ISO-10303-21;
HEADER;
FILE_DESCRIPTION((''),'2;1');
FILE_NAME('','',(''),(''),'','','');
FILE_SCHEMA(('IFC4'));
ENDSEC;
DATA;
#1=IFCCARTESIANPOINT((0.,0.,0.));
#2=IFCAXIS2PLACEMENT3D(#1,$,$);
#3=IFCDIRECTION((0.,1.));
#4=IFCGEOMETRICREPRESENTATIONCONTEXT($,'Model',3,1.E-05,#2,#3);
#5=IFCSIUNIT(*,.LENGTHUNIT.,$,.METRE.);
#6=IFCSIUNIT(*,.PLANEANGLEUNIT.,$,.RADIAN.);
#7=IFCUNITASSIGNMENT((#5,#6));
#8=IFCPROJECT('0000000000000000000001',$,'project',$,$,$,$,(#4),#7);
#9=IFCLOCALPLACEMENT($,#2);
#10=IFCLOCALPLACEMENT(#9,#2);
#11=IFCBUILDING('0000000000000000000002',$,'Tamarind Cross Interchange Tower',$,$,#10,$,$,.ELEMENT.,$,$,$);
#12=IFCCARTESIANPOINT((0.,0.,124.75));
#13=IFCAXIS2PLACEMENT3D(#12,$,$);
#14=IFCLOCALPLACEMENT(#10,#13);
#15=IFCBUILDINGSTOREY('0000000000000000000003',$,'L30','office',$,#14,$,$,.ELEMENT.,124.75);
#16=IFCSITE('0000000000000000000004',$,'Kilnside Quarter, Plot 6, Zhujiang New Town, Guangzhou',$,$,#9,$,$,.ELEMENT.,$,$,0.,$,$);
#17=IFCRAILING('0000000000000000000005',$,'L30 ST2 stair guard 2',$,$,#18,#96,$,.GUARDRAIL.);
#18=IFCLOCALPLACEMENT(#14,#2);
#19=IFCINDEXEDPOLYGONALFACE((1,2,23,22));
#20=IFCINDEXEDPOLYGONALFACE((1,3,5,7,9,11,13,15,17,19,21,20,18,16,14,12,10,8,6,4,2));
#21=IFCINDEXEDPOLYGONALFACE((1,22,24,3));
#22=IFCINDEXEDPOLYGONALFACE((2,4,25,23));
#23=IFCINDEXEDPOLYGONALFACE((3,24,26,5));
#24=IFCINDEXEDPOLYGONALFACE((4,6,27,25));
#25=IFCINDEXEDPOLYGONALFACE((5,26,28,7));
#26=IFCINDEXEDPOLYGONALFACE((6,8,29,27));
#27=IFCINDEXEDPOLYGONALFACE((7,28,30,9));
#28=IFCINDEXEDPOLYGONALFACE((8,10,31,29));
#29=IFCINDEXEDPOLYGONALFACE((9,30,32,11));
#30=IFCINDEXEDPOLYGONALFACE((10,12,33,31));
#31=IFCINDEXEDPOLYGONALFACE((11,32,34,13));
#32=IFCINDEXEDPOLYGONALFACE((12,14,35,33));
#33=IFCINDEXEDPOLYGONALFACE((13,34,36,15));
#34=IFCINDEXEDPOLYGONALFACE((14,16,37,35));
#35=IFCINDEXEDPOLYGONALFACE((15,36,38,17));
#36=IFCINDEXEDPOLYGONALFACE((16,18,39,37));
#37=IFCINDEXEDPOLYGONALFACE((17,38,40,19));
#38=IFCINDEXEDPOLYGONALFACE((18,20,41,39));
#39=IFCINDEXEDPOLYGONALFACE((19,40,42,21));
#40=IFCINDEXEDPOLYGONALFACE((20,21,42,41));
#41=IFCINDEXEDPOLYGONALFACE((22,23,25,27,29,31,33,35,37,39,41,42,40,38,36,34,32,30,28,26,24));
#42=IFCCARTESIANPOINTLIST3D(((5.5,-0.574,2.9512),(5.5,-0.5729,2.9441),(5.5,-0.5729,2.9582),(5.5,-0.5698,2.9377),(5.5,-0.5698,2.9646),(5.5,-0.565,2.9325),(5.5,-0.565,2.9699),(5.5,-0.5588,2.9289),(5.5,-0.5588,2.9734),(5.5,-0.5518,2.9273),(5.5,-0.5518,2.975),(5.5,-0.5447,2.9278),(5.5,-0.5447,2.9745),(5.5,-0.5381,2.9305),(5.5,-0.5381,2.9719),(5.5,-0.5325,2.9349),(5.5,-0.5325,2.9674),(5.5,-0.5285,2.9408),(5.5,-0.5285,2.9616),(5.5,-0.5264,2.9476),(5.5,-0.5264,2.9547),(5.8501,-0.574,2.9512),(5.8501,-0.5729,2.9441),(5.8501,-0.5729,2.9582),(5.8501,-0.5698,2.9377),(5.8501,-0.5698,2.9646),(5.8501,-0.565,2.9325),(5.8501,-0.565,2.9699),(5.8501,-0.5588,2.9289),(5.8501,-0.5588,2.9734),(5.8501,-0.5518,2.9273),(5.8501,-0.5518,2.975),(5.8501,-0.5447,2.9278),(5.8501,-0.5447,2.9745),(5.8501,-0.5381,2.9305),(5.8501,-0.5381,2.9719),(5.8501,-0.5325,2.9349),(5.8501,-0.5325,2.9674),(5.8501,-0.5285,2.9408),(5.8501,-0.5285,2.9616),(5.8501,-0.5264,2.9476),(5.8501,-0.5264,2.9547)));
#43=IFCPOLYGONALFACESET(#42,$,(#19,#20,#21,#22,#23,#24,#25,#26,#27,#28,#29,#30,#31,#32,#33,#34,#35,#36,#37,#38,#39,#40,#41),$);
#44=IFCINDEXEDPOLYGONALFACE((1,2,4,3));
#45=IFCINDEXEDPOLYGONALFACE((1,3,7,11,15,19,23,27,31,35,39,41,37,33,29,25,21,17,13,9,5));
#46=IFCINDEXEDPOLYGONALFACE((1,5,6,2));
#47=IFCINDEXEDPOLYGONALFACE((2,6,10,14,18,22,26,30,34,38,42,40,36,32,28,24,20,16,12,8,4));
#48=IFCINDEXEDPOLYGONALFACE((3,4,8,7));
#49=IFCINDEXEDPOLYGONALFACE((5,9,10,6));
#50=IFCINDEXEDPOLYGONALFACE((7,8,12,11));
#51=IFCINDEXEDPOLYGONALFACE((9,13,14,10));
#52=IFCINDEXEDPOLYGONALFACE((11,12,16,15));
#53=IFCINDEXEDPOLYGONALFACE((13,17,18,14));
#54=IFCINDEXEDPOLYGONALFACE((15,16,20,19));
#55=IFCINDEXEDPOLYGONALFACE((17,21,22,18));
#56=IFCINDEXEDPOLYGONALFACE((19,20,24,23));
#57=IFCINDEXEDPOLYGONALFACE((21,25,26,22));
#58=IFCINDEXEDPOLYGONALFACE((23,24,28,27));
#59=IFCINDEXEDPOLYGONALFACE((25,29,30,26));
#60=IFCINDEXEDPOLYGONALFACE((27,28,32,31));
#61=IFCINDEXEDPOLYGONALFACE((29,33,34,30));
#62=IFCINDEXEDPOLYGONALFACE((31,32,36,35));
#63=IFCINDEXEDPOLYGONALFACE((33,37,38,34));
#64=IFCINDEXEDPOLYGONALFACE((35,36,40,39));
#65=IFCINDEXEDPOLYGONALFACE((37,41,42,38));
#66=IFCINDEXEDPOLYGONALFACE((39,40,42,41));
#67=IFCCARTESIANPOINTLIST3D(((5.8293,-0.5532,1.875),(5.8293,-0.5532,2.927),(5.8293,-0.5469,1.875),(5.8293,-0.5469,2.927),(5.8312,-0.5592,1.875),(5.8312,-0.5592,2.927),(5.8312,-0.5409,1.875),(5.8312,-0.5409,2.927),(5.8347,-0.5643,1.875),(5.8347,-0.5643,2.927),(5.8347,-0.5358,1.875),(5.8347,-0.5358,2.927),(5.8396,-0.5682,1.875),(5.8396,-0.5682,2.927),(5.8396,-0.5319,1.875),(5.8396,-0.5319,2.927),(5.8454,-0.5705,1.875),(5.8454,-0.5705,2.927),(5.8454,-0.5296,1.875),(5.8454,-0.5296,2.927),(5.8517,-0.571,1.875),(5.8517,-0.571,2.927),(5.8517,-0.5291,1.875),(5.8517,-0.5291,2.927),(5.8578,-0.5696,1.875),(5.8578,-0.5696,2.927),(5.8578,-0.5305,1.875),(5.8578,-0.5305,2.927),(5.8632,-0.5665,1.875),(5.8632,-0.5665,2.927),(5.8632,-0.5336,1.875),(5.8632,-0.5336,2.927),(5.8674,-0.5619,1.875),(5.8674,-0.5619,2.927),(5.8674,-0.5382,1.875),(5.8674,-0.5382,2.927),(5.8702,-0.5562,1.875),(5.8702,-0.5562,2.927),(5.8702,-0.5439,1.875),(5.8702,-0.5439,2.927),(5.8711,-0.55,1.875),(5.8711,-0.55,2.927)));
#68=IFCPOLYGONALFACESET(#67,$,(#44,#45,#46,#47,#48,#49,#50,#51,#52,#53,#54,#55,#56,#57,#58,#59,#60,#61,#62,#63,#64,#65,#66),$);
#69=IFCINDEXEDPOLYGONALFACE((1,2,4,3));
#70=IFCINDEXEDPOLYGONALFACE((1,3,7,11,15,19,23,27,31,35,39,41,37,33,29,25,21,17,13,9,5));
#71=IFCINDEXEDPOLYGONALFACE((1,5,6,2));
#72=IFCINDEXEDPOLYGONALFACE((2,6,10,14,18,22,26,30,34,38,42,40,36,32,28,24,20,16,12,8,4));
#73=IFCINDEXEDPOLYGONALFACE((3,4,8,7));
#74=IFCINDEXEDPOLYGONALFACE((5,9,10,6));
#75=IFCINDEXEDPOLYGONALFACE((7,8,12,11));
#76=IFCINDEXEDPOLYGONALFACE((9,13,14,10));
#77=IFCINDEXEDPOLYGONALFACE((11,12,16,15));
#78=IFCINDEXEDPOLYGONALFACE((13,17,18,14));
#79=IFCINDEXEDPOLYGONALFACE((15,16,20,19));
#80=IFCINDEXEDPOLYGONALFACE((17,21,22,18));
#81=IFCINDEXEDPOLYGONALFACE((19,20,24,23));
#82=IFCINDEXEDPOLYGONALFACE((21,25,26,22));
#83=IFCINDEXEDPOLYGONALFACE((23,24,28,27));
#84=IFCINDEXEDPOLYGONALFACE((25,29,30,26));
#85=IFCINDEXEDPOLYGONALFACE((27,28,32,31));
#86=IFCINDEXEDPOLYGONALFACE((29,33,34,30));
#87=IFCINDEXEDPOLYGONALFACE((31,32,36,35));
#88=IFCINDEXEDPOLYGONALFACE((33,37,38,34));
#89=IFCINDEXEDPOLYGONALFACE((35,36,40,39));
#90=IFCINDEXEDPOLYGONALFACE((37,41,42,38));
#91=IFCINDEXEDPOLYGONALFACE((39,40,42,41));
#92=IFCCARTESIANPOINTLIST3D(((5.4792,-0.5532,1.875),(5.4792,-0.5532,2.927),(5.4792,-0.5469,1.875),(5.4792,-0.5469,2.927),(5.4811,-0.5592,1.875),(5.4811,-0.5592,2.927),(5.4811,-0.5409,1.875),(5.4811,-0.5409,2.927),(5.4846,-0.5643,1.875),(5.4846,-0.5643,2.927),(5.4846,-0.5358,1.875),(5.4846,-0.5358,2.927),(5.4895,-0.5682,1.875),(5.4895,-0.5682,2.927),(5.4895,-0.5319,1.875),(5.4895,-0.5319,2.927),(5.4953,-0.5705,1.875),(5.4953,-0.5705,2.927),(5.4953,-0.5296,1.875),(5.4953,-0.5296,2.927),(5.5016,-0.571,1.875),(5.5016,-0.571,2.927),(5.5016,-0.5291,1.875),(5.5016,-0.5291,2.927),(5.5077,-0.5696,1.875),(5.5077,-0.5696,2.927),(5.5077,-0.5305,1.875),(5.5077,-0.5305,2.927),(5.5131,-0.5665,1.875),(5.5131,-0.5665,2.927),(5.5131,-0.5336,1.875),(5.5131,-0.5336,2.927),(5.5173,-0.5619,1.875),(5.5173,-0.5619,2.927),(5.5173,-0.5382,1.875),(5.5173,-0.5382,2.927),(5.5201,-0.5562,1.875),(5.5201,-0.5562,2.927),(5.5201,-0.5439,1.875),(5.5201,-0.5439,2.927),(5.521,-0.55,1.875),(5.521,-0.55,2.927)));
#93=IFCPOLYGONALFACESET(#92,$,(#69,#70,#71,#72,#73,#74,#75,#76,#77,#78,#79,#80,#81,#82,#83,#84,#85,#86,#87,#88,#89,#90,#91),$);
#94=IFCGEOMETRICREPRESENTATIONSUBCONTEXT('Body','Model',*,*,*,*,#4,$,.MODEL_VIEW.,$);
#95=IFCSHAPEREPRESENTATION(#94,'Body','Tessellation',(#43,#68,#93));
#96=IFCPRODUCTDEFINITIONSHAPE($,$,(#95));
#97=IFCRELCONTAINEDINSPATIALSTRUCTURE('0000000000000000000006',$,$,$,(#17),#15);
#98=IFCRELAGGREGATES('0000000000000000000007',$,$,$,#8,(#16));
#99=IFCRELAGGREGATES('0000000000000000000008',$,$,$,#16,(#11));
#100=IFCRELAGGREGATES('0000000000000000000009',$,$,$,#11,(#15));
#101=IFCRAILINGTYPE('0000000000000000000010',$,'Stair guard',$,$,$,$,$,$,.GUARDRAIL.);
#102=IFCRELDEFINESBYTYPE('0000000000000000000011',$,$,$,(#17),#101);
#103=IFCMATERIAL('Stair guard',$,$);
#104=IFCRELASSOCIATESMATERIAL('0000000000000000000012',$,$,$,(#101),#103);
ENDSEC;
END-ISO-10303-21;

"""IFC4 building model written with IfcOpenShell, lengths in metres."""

from ifc_helpers import new_model, si_unit, direction, frame, origin, origin_2d, place, context, subcontext, project, spatial, circle, extrude, material, type_object, element, save


model = new_model("IFC4")

# Units and contexts
model_context = context("Model", 3, precision=1e-05, world=origin(), true_north=direction((0.0, 1.0)))
body_context = subcontext(model_context, "Body", "Model", "MODEL_VIEW")
ifc_project = project(units=[si_unit("LENGTHUNIT", "METRE"), si_unit("PLANEANGLEUNIT", "RADIAN")], contexts=[model_context])

# Site, building, storey
site_placement = place(None, origin())
site = spatial("IfcSite", under=ifc_project, at=site_placement, Name="Kilnside Quarter, Plot 6, Zhujiang New Town, Guangzhou", CompositionType="ELEMENT", RefElevation=0.0)
building_placement = place(site_placement, origin())
building = spatial("IfcBuilding", under=site, at=building_placement, Name="Tamarind Cross Interchange Tower", CompositionType="ELEMENT")
storey_placement = place(building_placement, frame((0.0, 0.0, 124.75)))
storey = spatial("IfcBuildingStorey", under=building, at=storey_placement, Name="L30", Description="office", CompositionType="ELEMENT", Elevation=124.75)

# Railing
ifc_material_1 = material(Name="Stair guard")
railing_type_1 = type_object("IfcRailingType", Name="Stair guard", PredefinedType="GUARDRAIL", material=ifc_material_1)
railing_1_placement = place(storey_placement, frame((5.8501, -0.55, 1.875)))
element("IfcRailing", 1, at=railing_1_placement, inside=storey, type_object=railing_type_1, Name="L30 ST2 stair guard 2", PredefinedType="GUARDRAIL", context=body_context, shape_type="SweptSolid", body=[
    extrude(circle(Radius=0.0239, at=origin_2d()), frame((0.0, 0.0, 1.0762), z_axis=(-1.0, 0.0, 0.0), x_axis=(0.0, -1.0, 0.0)), (0.0, 0.0, 1.0), 0.3501),
    extrude(circle(Radius=0.021, at=origin_2d()), origin(), (0.0, 0.0, 1.0), 1.052),
    extrude(circle(Radius=0.021, at=origin_2d()), frame((-0.3501, 0.0, 0.0)), (0.0, 0.0, 1.0), 1.052),
])

save(model, "model.ifc")
